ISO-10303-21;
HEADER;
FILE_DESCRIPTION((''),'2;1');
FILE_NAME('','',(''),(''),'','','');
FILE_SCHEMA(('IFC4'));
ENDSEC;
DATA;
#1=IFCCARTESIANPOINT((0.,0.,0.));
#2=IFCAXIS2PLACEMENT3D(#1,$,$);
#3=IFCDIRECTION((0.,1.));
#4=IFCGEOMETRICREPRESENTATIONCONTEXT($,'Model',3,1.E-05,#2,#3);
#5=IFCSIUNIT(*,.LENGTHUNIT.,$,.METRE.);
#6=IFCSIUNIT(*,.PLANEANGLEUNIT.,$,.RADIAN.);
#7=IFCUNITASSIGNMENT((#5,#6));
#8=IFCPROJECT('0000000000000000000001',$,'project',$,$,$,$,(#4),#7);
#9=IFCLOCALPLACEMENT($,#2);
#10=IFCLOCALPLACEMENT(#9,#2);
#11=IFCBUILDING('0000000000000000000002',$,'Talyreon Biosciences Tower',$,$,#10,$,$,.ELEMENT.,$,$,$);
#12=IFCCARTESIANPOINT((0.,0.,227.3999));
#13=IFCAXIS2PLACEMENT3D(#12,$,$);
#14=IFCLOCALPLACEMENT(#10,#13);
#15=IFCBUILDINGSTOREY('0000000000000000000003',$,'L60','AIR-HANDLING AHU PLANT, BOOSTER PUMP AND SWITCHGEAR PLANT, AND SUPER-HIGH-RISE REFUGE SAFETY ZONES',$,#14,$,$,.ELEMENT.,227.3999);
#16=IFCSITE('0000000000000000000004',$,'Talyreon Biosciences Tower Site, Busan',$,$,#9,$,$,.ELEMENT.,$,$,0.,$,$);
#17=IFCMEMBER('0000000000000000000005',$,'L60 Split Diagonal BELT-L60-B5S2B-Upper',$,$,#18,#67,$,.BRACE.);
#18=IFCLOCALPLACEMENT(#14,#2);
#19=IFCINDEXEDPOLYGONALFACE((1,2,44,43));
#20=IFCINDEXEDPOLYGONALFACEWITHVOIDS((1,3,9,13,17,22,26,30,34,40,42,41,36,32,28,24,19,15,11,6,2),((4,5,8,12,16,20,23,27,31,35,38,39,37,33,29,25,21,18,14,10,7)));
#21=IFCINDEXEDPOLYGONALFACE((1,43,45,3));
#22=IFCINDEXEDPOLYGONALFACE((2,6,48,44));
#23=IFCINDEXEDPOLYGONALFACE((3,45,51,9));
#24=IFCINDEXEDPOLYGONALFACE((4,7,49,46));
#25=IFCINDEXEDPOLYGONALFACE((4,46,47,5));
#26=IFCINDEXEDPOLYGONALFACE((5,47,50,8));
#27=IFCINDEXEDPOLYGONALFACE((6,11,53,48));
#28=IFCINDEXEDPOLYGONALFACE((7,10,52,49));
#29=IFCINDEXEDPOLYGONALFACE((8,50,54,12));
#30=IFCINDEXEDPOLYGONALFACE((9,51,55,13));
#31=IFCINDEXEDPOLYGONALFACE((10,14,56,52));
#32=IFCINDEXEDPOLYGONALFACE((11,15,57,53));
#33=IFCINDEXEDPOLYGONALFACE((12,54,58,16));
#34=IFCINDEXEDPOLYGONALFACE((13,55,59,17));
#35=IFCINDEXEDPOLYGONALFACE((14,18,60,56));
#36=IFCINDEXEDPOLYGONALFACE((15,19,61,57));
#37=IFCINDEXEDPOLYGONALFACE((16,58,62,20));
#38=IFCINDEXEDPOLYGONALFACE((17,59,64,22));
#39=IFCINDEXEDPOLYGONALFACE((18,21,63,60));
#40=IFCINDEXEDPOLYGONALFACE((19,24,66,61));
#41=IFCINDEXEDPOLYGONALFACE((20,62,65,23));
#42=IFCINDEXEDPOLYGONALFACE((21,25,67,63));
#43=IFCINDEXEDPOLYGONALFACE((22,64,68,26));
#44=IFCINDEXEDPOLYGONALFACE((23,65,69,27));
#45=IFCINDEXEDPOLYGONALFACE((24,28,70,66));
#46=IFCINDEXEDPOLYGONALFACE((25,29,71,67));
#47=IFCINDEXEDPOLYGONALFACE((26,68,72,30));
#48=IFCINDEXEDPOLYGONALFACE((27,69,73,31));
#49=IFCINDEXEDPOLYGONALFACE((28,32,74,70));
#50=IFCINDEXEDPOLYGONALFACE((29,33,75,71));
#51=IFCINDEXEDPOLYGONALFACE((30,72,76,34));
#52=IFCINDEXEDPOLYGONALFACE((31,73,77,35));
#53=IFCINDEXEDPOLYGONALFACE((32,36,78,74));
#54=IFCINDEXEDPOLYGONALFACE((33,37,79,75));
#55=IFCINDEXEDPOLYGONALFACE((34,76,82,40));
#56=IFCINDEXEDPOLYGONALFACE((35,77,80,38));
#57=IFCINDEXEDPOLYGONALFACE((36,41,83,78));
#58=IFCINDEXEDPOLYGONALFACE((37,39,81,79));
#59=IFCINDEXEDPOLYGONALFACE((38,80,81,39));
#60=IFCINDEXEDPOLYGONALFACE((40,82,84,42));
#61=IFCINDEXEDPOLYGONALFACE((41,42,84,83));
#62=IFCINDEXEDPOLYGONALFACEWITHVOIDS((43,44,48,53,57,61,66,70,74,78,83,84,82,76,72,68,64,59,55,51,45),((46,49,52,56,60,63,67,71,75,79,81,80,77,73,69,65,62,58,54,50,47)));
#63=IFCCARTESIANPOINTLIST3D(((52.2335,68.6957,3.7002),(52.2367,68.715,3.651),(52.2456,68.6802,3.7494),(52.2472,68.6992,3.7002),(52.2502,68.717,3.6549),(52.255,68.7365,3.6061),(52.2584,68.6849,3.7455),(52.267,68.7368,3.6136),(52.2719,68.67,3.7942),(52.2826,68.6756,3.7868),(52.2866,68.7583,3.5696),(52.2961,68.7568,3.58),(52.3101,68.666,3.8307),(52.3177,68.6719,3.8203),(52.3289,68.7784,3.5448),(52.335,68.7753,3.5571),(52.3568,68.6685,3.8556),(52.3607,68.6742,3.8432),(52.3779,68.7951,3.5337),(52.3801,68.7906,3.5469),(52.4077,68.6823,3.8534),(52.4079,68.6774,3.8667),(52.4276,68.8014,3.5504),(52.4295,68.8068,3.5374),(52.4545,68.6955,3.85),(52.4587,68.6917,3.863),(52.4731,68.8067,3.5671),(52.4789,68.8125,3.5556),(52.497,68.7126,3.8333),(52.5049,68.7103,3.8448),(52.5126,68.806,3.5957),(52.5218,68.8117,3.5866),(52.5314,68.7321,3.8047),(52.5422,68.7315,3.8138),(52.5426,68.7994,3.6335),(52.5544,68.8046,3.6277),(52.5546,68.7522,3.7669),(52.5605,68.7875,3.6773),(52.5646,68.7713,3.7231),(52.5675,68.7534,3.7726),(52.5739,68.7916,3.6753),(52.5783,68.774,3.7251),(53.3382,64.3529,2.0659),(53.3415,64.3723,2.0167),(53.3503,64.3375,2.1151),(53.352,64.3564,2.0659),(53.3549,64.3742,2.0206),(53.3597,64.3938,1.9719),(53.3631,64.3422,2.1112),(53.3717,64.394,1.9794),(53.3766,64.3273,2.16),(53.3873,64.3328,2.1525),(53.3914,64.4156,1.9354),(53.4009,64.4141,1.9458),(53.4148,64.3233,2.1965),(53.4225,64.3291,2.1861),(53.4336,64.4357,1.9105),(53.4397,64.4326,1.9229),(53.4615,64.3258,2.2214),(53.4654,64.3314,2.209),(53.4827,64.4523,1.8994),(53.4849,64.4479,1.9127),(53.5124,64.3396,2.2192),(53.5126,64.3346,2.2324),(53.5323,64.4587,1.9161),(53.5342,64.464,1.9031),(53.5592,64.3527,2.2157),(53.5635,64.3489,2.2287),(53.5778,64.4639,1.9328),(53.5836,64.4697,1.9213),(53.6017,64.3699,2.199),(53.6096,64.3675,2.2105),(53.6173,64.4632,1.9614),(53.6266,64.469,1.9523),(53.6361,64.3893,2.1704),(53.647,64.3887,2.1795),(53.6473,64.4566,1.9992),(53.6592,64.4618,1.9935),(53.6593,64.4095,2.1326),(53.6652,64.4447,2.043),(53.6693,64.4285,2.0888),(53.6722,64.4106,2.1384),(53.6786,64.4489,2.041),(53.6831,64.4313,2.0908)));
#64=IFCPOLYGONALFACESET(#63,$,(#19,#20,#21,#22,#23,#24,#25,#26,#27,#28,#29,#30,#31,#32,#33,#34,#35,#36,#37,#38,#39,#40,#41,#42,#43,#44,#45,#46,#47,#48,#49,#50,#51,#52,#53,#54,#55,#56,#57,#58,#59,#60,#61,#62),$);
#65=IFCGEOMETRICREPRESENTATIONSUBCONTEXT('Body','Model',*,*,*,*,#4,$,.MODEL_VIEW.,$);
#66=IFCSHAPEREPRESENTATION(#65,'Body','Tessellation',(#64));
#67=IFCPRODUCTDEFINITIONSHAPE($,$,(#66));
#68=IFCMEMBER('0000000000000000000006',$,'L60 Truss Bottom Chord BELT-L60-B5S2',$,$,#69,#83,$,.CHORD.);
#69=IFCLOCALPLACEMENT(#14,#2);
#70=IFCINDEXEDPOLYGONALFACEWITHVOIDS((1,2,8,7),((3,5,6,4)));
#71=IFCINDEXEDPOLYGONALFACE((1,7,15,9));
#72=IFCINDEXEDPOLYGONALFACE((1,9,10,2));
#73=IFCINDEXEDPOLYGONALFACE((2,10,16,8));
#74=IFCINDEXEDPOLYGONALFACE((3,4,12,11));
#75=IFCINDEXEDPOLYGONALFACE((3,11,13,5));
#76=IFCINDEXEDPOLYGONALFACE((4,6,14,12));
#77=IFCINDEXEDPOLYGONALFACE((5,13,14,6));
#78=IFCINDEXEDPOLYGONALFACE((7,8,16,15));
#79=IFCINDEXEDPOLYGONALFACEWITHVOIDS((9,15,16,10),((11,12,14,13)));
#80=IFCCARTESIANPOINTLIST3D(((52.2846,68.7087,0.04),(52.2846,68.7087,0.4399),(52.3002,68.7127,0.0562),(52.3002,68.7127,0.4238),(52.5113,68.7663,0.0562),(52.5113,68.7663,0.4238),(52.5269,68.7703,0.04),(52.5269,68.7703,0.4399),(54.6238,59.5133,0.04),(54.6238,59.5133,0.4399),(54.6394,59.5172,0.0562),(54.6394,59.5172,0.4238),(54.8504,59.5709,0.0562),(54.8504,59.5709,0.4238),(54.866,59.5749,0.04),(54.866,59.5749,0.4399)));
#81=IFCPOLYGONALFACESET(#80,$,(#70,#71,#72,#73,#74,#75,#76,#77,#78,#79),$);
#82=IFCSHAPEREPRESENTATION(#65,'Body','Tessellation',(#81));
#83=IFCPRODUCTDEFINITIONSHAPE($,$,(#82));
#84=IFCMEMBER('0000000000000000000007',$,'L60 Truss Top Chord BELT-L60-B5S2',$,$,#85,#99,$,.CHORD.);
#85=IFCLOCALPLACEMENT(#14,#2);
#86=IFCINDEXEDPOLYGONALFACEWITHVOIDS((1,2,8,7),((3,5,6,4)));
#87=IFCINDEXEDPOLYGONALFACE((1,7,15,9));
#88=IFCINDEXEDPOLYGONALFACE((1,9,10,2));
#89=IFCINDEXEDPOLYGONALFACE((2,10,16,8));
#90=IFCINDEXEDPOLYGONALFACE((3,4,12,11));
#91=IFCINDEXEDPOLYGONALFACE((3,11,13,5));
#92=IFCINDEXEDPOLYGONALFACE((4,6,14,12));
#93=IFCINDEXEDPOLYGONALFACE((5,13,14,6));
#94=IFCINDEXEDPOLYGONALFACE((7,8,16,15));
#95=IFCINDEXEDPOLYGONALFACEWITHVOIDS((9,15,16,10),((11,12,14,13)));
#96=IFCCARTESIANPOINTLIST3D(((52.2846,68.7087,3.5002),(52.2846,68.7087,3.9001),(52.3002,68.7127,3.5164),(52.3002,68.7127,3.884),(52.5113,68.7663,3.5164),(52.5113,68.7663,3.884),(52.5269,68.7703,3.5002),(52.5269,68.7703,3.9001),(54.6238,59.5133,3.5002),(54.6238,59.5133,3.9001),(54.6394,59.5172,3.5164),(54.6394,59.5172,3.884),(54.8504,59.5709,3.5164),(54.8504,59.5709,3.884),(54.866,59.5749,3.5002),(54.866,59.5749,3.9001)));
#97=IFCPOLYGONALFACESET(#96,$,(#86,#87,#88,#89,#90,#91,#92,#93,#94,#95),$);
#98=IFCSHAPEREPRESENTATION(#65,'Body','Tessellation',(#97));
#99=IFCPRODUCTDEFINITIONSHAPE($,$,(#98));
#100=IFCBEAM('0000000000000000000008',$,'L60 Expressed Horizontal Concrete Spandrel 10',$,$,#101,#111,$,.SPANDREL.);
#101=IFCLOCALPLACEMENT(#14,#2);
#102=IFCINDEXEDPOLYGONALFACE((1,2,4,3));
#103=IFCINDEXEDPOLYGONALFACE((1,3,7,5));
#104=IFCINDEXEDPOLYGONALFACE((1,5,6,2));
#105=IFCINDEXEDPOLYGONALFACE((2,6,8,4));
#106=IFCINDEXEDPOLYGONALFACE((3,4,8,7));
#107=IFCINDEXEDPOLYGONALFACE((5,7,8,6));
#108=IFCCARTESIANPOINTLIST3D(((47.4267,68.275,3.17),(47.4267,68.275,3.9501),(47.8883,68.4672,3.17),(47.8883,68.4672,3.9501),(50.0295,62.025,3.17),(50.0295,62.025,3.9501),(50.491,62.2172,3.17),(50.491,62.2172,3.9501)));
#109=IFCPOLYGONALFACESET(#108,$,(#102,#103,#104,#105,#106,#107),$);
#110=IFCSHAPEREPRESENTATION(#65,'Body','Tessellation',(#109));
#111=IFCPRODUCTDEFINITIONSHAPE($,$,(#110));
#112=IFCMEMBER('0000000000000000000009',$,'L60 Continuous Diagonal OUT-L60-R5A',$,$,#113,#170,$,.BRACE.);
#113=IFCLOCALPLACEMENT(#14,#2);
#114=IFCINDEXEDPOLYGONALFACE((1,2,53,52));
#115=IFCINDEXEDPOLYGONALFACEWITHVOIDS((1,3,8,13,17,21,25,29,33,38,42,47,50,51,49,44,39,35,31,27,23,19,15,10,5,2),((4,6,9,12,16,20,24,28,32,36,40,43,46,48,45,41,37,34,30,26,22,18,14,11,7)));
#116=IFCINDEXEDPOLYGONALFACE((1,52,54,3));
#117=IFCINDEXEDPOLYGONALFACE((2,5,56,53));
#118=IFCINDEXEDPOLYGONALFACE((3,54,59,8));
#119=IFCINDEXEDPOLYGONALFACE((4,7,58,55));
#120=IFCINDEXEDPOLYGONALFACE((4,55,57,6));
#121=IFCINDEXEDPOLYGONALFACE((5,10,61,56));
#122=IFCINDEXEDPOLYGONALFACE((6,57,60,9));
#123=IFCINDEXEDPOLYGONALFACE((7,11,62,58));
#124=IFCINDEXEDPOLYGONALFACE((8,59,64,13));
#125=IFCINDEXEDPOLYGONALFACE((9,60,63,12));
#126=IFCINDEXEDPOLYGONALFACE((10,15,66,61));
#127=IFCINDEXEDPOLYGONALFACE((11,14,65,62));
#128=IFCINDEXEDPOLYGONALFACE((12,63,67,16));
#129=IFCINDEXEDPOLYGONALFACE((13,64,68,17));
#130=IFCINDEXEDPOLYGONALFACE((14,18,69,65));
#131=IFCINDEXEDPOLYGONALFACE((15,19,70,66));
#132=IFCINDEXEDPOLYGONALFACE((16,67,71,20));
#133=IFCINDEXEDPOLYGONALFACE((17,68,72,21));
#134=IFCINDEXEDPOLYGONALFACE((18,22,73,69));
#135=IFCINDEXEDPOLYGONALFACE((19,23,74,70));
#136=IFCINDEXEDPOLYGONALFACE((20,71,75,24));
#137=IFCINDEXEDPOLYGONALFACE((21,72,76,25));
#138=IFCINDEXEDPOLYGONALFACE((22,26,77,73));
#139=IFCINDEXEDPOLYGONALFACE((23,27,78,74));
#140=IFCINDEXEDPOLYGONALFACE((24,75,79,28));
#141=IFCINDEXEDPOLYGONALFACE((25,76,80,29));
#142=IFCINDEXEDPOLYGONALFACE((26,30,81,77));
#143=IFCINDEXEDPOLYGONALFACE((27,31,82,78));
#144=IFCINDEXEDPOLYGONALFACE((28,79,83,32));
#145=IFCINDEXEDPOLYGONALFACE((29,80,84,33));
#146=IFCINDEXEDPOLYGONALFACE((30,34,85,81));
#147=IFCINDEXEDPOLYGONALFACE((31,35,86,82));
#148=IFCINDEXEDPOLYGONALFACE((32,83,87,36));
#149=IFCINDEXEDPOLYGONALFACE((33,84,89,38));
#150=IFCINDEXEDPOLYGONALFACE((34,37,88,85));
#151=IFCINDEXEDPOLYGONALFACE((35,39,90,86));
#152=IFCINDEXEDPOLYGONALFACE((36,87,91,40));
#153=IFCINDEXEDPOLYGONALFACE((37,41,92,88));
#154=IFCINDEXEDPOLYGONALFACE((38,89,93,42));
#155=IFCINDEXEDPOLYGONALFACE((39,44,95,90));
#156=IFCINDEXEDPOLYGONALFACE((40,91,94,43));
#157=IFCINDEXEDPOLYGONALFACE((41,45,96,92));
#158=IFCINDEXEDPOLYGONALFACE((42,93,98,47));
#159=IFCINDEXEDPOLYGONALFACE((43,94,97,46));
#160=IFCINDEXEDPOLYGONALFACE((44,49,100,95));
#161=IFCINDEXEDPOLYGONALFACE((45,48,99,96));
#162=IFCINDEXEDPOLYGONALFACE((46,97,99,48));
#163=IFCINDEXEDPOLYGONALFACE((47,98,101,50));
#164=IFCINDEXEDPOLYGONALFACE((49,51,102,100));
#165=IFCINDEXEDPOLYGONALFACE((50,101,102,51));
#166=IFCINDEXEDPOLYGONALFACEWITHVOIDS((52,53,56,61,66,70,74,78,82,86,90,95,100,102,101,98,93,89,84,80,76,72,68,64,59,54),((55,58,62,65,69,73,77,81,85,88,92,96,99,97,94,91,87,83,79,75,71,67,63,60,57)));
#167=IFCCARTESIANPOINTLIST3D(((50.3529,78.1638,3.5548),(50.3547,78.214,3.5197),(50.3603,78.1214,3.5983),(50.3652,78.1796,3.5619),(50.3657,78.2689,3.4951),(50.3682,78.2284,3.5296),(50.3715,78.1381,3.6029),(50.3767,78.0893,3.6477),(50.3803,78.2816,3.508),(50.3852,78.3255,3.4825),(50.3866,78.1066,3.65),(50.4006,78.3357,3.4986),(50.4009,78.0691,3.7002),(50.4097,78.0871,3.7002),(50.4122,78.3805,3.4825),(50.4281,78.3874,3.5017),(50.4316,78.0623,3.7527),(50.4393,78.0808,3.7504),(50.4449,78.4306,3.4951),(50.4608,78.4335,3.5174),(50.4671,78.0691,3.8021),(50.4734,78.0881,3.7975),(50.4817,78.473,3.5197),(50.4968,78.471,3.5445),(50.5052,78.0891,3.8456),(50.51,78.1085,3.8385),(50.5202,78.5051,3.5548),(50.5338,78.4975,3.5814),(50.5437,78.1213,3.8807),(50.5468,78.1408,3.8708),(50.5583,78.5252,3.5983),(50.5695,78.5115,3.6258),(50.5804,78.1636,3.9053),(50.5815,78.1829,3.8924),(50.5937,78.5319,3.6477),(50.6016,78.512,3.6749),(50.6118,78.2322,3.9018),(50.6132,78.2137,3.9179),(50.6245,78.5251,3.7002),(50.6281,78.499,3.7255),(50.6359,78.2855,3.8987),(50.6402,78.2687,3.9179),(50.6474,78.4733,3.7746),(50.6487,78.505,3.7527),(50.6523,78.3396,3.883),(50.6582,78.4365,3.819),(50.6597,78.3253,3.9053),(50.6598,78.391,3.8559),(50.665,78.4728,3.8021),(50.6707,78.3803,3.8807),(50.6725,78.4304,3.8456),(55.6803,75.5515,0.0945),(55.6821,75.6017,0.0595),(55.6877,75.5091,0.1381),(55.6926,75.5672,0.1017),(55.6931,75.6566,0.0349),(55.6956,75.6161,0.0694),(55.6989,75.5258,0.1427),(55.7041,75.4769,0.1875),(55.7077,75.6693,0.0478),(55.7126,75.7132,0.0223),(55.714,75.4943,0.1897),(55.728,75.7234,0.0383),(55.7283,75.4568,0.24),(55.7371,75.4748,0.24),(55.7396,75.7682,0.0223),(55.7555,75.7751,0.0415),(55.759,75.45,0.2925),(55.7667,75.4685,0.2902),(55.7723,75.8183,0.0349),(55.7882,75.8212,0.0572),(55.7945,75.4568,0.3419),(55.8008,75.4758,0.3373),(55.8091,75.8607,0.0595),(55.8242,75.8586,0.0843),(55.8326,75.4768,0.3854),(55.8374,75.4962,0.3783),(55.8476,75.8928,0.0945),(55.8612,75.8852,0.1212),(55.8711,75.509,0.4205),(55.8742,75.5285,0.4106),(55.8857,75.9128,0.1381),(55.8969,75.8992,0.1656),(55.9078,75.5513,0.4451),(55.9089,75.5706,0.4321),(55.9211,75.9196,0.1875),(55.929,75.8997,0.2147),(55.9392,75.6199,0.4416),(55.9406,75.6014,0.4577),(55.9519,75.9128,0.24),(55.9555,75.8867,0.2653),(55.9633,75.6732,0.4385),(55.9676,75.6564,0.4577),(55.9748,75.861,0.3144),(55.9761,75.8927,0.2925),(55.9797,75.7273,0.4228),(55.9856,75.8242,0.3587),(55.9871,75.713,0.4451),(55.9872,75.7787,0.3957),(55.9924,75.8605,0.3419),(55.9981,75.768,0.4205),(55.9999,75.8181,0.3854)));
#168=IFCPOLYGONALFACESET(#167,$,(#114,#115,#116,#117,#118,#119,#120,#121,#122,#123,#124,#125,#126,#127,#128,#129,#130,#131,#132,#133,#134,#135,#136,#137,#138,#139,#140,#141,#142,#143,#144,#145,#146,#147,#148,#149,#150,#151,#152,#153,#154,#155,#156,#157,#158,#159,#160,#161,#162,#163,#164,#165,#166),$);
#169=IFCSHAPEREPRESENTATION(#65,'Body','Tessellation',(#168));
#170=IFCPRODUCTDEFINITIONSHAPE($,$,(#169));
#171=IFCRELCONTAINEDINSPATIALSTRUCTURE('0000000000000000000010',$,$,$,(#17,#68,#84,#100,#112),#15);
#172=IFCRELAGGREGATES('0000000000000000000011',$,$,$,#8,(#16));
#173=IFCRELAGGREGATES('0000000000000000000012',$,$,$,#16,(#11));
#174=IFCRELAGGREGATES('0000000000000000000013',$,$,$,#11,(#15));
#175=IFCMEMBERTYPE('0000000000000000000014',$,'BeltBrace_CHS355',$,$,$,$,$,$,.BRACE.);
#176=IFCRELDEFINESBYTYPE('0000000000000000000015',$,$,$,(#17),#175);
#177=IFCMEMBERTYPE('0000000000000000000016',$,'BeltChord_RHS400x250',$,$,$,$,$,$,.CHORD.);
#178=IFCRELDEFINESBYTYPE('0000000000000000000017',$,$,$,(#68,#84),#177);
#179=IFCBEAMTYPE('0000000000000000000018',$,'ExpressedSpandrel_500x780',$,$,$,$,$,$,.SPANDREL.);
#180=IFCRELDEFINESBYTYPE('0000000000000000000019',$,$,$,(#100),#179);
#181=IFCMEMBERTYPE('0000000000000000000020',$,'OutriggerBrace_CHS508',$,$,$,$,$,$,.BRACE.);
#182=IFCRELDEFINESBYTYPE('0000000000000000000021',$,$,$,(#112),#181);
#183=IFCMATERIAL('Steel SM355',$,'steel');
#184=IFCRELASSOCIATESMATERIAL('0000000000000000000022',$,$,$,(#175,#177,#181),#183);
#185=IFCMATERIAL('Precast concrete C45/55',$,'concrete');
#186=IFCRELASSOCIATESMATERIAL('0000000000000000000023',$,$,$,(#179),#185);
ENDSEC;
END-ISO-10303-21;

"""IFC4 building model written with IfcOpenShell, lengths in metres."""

from ifc_helpers import new_model, si_unit, direction, frame, origin, origin_2d, place, context, subcontext, project, spatial, rectangle, hollow_rectangle, hollow_circle, extrude, material, material_profile, profile_set, type_object, element, save


model = new_model("IFC4")

# Units and contexts
model_context = context("Model", 3, precision=1e-05, world=origin(), true_north=direction((0.0, 1.0)))
body_context = subcontext(model_context, "Body", "Model", "MODEL_VIEW")
ifc_project = project(units=[si_unit("LENGTHUNIT", "METRE"), si_unit("PLANEANGLEUNIT", "RADIAN")], contexts=[model_context])

# Site, building, storey
site_placement = place(None, origin())
site = spatial("IfcSite", under=ifc_project, at=site_placement, Name="Talyreon Biosciences Tower Site, Busan", CompositionType="ELEMENT", RefElevation=0.0)
building_placement = place(site_placement, origin())
building = spatial("IfcBuilding", under=site, at=building_placement, Name="Talyreon Biosciences Tower", CompositionType="ELEMENT")
storey_placement = place(building_placement, frame((0.0, 0.0, 227.3999)))
storey = spatial("IfcBuildingStorey", under=building, at=storey_placement, Name="L60", Description="AIR-HANDLING AHU PLANT, BOOSTER PUMP AND SWITCHGEAR PLANT, AND SUPER-HIGH-RISE REFUGE SAFETY ZONES", CompositionType="ELEMENT", Elevation=227.3999)

# Members
ifc_material_1 = material(Name="Steel SM355", Category="steel")
ifc_material_profile_1 = material_profile(ifc_material_1, hollow_circle(Radius=0.1777, WallThickness=0.0142, at=origin_2d()), Name="CHS 355.6x14.2")
ifc_profile_set_1 = profile_set([ifc_material_profile_1], Name="Steel SM355")
member_type_1 = type_object("IfcMemberType", Name="BeltBrace_CHS355", PredefinedType="BRACE", material=ifc_profile_set_1)
member_1_placement = place(storey_placement, frame((53.5105, 64.3967, 2.0659), z_axis=(-0.231611, 0.910473, 0.34263), x_axis=(-0.969134, -0.246533, 0.0)))
element("IfcMember", 1, at=member_1_placement, inside=storey, type_object=member_type_1, Name="L60 Split Diagonal BELT-L60-B5S2B-Upper", PredefinedType="BRACE", context=body_context, shape_type="SweptSolid", body=[
    extrude(hollow_circle(Radius=0.1777, WallThickness=0.0142, at=origin_2d()), origin(), (0.0, 0.0, 1.0), 4.7698),
])
ifc_material_profile_2 = material_profile(ifc_material_1, hollow_rectangle(XDim=0.25, YDim=0.3999, WallThickness=0.0161, at=origin_2d()), Name="RHS 400x250x16")
ifc_profile_set_2 = profile_set([ifc_material_profile_2], Name="Steel SM355")
member_type_2 = type_object("IfcMemberType", Name="BeltChord_RHS400x250", PredefinedType="CHORD", material=ifc_profile_set_2)
for number, where, z_axis, x_axis, name in (
    (2, (52.4058, 68.7395, 0.24), (0.246529, -0.969135, 0.0), (0.969135, 0.246529, 0.0), "L60 Truss Bottom Chord BELT-L60-B5S2"),
    (3, (52.4058, 68.7395, 3.7002), (0.246529, -0.969135, 0.0), (0.969135, 0.246529, 0.0), "L60 Truss Top Chord BELT-L60-B5S2"),
):
    element("IfcMember", number, at=place(storey_placement, frame(where, z_axis=z_axis, x_axis=x_axis)), inside=storey, type_object=member_type_2, Name=name, PredefinedType="CHORD", context=body_context, shape_type="SweptSolid", body=[
        extrude(hollow_rectangle(XDim=0.25, YDim=0.3999, WallThickness=0.0161, at=origin_2d()), origin(), (0.0, 0.0, 1.0), 9.4883),
    ])

# Beam
ifc_material_2 = material(Name="Precast concrete C45/55", Category="concrete")
ifc_material_profile_3 = material_profile(ifc_material_2, rectangle(XDim=0.5, YDim=0.78, at=origin_2d()), Name="RCB 500x780")
ifc_profile_set_3 = profile_set([ifc_material_profile_3], Name="Precast concrete C45/55")
beam_type = type_object("IfcBeamType", Name="ExpressedSpandrel_500x780", PredefinedType="SPANDREL", material=ifc_profile_set_3)
beam_placement = place(storey_placement, frame((47.6575, 68.3711, 3.5601), z_axis=(0.384441, -0.923149, 0.0), x_axis=(0.923149, 0.384441, 0.0)))
element("IfcBeam", 4, at=beam_placement, inside=storey, type_object=beam_type, Name="L60 Expressed Horizontal Concrete Spandrel 10", PredefinedType="SPANDREL", context=body_context, shape_type="SweptSolid", body=[
    extrude(rectangle(XDim=0.5, YDim=0.78, at=origin_2d()), origin(), (0.0, 0.0, 1.0), 6.7703),
])

# Member
ifc_material_profile_4 = material_profile(ifc_material_1, hollow_circle(Radius=0.2539, WallThickness=0.02, at=origin_2d()), Name="CHS 508x20")
ifc_profile_set_4 = profile_set([ifc_material_profile_4], Name="Steel SM355")
member_type_3 = type_object("IfcMemberType", Name="OutriggerBrace_CHS508", PredefinedType="BRACE", material=ifc_profile_set_4)
member_2_placement = place(storey_placement, frame((55.8401, 75.6848, 0.24), z_axis=(-0.775611, 0.380323, 0.503768), x_axis=(-0.440271, -0.897865, 0.0)))
element("IfcMember", 5, at=member_2_placement, inside=storey, type_object=member_type_3, Name="L60 Continuous Diagonal OUT-L60-R5A", PredefinedType="BRACE", context=body_context, shape_type="SweptSolid", body=[
    extrude(hollow_circle(Radius=0.2539, WallThickness=0.02, at=origin_2d()), origin(), (0.0, 0.0, 1.0), 6.8687),
])

save(model, "model.ifc")
